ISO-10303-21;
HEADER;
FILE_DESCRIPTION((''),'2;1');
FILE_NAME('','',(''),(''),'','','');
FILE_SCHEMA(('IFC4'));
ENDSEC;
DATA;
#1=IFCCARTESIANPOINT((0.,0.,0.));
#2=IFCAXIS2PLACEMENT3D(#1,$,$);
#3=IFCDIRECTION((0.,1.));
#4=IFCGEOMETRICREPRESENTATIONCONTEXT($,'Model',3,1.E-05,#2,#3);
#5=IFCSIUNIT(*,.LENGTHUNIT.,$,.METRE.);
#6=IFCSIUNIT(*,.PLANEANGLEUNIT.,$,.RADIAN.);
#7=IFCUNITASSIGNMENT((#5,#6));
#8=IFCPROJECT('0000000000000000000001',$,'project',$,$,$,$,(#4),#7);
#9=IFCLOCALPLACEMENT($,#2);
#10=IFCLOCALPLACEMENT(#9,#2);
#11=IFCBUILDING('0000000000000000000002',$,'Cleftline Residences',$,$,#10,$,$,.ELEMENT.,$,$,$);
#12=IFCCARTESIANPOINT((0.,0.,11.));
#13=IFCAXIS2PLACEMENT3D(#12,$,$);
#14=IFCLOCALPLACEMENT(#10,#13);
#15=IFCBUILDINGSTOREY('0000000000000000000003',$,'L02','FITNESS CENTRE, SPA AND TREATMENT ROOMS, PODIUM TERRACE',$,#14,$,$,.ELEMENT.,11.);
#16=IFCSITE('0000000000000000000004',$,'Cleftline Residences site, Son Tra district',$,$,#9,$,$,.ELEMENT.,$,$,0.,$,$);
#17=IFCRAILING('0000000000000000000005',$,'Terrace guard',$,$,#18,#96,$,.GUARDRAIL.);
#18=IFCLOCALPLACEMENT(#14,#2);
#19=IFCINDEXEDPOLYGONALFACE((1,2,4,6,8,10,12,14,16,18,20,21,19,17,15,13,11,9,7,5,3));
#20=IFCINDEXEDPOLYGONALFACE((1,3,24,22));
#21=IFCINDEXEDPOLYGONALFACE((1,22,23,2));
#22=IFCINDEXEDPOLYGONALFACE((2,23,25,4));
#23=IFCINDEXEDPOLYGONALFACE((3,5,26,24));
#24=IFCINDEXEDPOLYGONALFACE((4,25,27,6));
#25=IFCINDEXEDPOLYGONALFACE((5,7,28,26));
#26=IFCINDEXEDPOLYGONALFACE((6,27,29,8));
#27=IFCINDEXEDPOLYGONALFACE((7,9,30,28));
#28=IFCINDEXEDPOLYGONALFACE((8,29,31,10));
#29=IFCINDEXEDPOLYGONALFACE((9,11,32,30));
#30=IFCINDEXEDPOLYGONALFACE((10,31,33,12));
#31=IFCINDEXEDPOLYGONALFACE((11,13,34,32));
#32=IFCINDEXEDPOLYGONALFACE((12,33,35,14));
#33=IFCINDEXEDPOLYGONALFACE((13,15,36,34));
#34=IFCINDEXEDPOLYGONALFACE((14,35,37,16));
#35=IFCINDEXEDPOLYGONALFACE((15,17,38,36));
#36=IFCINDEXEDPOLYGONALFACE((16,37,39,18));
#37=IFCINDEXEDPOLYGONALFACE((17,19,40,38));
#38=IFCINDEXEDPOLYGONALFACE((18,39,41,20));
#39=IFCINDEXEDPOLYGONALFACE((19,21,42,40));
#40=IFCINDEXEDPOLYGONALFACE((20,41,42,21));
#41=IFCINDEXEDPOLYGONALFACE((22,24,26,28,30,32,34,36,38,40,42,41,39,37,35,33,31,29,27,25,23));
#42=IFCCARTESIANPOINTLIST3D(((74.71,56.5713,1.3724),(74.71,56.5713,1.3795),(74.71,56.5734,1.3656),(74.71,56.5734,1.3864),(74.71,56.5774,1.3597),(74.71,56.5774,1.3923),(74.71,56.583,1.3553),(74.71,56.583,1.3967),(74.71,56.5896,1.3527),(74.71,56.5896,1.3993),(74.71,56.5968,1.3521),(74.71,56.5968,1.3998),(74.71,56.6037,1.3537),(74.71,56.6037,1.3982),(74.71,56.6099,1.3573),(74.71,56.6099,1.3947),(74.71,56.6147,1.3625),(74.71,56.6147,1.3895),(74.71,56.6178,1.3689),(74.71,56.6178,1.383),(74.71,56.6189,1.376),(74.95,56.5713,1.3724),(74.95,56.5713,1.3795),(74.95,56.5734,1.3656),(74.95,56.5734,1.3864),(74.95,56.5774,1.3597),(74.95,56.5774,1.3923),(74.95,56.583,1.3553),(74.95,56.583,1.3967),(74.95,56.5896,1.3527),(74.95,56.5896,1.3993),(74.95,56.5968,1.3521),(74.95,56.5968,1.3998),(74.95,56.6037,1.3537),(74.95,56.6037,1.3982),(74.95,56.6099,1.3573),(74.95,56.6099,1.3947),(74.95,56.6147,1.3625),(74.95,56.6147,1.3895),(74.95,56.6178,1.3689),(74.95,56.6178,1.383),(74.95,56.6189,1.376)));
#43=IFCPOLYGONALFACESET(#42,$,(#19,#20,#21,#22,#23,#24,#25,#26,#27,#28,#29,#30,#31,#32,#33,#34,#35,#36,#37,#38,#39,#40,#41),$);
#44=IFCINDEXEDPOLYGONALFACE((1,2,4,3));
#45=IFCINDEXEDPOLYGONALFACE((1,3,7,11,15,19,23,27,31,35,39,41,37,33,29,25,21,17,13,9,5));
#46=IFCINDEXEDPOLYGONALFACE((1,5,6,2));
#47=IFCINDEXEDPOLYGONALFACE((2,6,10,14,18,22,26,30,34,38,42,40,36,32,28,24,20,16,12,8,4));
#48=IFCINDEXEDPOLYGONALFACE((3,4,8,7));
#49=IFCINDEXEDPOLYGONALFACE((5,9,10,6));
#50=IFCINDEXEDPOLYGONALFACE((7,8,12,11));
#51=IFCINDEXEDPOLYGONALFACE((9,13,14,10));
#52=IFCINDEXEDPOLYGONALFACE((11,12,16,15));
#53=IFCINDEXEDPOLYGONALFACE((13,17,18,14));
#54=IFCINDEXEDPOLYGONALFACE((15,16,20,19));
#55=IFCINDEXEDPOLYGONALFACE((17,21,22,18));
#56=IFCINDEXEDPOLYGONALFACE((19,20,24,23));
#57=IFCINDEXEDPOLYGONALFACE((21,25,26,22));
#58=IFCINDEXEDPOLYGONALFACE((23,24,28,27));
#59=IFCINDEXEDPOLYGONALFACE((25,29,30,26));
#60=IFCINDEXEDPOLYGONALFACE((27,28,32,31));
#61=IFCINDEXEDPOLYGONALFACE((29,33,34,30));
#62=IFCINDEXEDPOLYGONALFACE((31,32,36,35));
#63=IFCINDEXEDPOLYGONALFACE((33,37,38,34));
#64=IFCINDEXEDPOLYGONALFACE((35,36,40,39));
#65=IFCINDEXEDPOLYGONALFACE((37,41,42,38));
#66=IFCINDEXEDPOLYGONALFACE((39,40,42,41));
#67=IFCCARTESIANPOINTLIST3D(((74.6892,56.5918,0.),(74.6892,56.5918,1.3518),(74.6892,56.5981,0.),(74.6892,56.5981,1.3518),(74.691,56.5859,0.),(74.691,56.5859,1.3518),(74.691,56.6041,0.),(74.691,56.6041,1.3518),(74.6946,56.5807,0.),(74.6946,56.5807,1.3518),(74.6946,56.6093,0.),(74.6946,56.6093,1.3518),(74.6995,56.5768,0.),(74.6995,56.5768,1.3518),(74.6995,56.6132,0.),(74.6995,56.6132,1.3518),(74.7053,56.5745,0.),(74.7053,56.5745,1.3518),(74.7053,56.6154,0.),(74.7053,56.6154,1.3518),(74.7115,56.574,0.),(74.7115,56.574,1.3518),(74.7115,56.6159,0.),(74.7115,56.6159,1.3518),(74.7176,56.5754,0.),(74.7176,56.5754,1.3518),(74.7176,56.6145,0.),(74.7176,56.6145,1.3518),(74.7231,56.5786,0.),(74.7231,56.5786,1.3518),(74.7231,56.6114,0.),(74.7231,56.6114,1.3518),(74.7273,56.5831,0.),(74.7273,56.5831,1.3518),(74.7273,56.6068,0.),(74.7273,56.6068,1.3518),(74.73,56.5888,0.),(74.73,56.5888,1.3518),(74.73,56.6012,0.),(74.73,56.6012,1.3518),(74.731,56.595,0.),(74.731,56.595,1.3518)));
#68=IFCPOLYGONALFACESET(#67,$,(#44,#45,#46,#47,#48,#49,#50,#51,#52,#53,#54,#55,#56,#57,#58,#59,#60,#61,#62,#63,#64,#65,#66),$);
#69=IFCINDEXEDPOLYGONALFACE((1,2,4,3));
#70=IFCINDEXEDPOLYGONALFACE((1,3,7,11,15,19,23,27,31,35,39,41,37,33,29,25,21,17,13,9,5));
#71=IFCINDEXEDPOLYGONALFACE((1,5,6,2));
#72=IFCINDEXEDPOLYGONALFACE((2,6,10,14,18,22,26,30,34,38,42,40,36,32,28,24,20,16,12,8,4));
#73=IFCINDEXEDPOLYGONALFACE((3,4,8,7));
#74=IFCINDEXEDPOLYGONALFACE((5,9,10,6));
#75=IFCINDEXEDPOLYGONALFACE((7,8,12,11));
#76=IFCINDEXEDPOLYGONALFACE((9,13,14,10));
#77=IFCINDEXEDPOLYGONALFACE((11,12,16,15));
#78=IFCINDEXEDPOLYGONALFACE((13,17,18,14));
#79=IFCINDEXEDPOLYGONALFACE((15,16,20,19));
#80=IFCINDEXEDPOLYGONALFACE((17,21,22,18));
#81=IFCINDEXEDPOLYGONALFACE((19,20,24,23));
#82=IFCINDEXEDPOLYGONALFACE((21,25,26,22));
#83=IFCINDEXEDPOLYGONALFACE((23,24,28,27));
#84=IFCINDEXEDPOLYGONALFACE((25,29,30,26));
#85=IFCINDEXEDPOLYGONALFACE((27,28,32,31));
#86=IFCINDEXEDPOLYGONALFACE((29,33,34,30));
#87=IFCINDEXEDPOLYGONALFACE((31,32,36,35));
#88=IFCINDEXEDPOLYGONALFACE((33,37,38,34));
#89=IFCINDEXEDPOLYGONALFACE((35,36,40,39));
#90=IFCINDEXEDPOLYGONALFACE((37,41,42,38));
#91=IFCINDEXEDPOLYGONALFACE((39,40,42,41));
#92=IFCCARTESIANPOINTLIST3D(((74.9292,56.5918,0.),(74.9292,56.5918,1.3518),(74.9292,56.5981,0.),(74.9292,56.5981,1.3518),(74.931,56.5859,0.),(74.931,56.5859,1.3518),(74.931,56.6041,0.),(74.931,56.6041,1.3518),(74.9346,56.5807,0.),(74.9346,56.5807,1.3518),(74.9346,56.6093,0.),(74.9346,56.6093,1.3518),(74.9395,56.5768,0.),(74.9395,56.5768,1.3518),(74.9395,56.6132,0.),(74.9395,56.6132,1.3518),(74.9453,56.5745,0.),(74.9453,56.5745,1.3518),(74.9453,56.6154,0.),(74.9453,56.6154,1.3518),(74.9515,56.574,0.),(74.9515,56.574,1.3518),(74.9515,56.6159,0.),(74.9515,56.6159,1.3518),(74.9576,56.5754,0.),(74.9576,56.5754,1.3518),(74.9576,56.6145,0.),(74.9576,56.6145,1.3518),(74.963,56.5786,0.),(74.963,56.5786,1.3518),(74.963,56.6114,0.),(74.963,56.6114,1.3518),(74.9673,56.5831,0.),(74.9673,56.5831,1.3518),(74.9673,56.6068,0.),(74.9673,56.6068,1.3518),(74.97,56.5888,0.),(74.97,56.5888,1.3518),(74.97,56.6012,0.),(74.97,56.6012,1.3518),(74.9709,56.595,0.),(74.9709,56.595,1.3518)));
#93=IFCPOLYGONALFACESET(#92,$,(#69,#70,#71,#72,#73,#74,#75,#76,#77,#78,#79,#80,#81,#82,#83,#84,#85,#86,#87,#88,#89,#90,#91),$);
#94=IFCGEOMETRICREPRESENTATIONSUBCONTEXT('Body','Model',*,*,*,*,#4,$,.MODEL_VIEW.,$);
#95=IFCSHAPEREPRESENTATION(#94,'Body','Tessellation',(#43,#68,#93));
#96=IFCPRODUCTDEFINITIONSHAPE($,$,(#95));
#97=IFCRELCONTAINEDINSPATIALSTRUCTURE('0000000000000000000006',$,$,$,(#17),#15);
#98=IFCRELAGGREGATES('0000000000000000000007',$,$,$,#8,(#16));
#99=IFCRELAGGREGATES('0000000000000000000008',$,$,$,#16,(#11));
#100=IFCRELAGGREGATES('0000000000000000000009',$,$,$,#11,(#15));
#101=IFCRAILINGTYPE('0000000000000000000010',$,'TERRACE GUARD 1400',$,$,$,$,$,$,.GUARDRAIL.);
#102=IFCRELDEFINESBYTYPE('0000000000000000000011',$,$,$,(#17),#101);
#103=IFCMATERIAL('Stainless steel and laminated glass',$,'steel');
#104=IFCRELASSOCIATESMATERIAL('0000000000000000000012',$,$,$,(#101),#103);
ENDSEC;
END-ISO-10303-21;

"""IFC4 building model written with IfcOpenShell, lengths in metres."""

from ifc_helpers import new_model, si_unit, direction, frame, origin, origin_2d, place, context, subcontext, project, spatial, circle, extrude, material, type_object, element, save


model = new_model("IFC4")

# Units and contexts
model_context = context("Model", 3, precision=1e-05, world=origin(), true_north=direction((0.0, 1.0)))
body_context = subcontext(model_context, "Body", "Model", "MODEL_VIEW")
ifc_project = project(units=[si_unit("LENGTHUNIT", "METRE"), si_unit("PLANEANGLEUNIT", "RADIAN")], contexts=[model_context])

# Site, building, storey
site_placement = place(None, origin())
site = spatial("IfcSite", under=ifc_project, at=site_placement, Name="Cleftline Residences site, Son Tra district", CompositionType="ELEMENT", RefElevation=0.0)
building_placement = place(site_placement, origin())
building = spatial("IfcBuilding", under=site, at=building_placement, Name="Cleftline Residences", CompositionType="ELEMENT")
storey_placement = place(building_placement, frame((0.0, 0.0, 11.0)))
storey = spatial("IfcBuildingStorey", under=building, at=storey_placement, Name="L02", Description="FITNESS CENTRE, SPA AND TREATMENT ROOMS, PODIUM TERRACE", CompositionType="ELEMENT", Elevation=11.0)

# Railing
ifc_material_1 = material(Name="Stainless steel and laminated glass", Category="steel")
railing_type_1 = type_object("IfcRailingType", Name="TERRACE GUARD 1400", PredefinedType="GUARDRAIL", material=ifc_material_1)
railing_1_placement = place(storey_placement, frame((74.71, 56.595, 0.0)))
element("IfcRailing", 1, at=railing_1_placement, inside=storey, type_object=railing_type_1, Name="Terrace guard", PredefinedType="GUARDRAIL", context=body_context, shape_type="SweptSolid", body=[
    extrude(circle(Radius=0.0239, at=origin_2d()), frame((0.0, 0.0, 1.376), z_axis=(1.0, 0.0, 0.0), x_axis=(0.0, 1.0, 0.0)), (0.0, 0.0, 1.0), 0.24),
    extrude(circle(Radius=0.021, at=origin_2d()), origin(), (0.0, 0.0, 1.0), 1.3518),
    extrude(circle(Radius=0.021, at=origin_2d()), frame((0.24, 0.0, 0.0)), (0.0, 0.0, 1.0), 1.3518),
])

save(model, "model.ifc")
